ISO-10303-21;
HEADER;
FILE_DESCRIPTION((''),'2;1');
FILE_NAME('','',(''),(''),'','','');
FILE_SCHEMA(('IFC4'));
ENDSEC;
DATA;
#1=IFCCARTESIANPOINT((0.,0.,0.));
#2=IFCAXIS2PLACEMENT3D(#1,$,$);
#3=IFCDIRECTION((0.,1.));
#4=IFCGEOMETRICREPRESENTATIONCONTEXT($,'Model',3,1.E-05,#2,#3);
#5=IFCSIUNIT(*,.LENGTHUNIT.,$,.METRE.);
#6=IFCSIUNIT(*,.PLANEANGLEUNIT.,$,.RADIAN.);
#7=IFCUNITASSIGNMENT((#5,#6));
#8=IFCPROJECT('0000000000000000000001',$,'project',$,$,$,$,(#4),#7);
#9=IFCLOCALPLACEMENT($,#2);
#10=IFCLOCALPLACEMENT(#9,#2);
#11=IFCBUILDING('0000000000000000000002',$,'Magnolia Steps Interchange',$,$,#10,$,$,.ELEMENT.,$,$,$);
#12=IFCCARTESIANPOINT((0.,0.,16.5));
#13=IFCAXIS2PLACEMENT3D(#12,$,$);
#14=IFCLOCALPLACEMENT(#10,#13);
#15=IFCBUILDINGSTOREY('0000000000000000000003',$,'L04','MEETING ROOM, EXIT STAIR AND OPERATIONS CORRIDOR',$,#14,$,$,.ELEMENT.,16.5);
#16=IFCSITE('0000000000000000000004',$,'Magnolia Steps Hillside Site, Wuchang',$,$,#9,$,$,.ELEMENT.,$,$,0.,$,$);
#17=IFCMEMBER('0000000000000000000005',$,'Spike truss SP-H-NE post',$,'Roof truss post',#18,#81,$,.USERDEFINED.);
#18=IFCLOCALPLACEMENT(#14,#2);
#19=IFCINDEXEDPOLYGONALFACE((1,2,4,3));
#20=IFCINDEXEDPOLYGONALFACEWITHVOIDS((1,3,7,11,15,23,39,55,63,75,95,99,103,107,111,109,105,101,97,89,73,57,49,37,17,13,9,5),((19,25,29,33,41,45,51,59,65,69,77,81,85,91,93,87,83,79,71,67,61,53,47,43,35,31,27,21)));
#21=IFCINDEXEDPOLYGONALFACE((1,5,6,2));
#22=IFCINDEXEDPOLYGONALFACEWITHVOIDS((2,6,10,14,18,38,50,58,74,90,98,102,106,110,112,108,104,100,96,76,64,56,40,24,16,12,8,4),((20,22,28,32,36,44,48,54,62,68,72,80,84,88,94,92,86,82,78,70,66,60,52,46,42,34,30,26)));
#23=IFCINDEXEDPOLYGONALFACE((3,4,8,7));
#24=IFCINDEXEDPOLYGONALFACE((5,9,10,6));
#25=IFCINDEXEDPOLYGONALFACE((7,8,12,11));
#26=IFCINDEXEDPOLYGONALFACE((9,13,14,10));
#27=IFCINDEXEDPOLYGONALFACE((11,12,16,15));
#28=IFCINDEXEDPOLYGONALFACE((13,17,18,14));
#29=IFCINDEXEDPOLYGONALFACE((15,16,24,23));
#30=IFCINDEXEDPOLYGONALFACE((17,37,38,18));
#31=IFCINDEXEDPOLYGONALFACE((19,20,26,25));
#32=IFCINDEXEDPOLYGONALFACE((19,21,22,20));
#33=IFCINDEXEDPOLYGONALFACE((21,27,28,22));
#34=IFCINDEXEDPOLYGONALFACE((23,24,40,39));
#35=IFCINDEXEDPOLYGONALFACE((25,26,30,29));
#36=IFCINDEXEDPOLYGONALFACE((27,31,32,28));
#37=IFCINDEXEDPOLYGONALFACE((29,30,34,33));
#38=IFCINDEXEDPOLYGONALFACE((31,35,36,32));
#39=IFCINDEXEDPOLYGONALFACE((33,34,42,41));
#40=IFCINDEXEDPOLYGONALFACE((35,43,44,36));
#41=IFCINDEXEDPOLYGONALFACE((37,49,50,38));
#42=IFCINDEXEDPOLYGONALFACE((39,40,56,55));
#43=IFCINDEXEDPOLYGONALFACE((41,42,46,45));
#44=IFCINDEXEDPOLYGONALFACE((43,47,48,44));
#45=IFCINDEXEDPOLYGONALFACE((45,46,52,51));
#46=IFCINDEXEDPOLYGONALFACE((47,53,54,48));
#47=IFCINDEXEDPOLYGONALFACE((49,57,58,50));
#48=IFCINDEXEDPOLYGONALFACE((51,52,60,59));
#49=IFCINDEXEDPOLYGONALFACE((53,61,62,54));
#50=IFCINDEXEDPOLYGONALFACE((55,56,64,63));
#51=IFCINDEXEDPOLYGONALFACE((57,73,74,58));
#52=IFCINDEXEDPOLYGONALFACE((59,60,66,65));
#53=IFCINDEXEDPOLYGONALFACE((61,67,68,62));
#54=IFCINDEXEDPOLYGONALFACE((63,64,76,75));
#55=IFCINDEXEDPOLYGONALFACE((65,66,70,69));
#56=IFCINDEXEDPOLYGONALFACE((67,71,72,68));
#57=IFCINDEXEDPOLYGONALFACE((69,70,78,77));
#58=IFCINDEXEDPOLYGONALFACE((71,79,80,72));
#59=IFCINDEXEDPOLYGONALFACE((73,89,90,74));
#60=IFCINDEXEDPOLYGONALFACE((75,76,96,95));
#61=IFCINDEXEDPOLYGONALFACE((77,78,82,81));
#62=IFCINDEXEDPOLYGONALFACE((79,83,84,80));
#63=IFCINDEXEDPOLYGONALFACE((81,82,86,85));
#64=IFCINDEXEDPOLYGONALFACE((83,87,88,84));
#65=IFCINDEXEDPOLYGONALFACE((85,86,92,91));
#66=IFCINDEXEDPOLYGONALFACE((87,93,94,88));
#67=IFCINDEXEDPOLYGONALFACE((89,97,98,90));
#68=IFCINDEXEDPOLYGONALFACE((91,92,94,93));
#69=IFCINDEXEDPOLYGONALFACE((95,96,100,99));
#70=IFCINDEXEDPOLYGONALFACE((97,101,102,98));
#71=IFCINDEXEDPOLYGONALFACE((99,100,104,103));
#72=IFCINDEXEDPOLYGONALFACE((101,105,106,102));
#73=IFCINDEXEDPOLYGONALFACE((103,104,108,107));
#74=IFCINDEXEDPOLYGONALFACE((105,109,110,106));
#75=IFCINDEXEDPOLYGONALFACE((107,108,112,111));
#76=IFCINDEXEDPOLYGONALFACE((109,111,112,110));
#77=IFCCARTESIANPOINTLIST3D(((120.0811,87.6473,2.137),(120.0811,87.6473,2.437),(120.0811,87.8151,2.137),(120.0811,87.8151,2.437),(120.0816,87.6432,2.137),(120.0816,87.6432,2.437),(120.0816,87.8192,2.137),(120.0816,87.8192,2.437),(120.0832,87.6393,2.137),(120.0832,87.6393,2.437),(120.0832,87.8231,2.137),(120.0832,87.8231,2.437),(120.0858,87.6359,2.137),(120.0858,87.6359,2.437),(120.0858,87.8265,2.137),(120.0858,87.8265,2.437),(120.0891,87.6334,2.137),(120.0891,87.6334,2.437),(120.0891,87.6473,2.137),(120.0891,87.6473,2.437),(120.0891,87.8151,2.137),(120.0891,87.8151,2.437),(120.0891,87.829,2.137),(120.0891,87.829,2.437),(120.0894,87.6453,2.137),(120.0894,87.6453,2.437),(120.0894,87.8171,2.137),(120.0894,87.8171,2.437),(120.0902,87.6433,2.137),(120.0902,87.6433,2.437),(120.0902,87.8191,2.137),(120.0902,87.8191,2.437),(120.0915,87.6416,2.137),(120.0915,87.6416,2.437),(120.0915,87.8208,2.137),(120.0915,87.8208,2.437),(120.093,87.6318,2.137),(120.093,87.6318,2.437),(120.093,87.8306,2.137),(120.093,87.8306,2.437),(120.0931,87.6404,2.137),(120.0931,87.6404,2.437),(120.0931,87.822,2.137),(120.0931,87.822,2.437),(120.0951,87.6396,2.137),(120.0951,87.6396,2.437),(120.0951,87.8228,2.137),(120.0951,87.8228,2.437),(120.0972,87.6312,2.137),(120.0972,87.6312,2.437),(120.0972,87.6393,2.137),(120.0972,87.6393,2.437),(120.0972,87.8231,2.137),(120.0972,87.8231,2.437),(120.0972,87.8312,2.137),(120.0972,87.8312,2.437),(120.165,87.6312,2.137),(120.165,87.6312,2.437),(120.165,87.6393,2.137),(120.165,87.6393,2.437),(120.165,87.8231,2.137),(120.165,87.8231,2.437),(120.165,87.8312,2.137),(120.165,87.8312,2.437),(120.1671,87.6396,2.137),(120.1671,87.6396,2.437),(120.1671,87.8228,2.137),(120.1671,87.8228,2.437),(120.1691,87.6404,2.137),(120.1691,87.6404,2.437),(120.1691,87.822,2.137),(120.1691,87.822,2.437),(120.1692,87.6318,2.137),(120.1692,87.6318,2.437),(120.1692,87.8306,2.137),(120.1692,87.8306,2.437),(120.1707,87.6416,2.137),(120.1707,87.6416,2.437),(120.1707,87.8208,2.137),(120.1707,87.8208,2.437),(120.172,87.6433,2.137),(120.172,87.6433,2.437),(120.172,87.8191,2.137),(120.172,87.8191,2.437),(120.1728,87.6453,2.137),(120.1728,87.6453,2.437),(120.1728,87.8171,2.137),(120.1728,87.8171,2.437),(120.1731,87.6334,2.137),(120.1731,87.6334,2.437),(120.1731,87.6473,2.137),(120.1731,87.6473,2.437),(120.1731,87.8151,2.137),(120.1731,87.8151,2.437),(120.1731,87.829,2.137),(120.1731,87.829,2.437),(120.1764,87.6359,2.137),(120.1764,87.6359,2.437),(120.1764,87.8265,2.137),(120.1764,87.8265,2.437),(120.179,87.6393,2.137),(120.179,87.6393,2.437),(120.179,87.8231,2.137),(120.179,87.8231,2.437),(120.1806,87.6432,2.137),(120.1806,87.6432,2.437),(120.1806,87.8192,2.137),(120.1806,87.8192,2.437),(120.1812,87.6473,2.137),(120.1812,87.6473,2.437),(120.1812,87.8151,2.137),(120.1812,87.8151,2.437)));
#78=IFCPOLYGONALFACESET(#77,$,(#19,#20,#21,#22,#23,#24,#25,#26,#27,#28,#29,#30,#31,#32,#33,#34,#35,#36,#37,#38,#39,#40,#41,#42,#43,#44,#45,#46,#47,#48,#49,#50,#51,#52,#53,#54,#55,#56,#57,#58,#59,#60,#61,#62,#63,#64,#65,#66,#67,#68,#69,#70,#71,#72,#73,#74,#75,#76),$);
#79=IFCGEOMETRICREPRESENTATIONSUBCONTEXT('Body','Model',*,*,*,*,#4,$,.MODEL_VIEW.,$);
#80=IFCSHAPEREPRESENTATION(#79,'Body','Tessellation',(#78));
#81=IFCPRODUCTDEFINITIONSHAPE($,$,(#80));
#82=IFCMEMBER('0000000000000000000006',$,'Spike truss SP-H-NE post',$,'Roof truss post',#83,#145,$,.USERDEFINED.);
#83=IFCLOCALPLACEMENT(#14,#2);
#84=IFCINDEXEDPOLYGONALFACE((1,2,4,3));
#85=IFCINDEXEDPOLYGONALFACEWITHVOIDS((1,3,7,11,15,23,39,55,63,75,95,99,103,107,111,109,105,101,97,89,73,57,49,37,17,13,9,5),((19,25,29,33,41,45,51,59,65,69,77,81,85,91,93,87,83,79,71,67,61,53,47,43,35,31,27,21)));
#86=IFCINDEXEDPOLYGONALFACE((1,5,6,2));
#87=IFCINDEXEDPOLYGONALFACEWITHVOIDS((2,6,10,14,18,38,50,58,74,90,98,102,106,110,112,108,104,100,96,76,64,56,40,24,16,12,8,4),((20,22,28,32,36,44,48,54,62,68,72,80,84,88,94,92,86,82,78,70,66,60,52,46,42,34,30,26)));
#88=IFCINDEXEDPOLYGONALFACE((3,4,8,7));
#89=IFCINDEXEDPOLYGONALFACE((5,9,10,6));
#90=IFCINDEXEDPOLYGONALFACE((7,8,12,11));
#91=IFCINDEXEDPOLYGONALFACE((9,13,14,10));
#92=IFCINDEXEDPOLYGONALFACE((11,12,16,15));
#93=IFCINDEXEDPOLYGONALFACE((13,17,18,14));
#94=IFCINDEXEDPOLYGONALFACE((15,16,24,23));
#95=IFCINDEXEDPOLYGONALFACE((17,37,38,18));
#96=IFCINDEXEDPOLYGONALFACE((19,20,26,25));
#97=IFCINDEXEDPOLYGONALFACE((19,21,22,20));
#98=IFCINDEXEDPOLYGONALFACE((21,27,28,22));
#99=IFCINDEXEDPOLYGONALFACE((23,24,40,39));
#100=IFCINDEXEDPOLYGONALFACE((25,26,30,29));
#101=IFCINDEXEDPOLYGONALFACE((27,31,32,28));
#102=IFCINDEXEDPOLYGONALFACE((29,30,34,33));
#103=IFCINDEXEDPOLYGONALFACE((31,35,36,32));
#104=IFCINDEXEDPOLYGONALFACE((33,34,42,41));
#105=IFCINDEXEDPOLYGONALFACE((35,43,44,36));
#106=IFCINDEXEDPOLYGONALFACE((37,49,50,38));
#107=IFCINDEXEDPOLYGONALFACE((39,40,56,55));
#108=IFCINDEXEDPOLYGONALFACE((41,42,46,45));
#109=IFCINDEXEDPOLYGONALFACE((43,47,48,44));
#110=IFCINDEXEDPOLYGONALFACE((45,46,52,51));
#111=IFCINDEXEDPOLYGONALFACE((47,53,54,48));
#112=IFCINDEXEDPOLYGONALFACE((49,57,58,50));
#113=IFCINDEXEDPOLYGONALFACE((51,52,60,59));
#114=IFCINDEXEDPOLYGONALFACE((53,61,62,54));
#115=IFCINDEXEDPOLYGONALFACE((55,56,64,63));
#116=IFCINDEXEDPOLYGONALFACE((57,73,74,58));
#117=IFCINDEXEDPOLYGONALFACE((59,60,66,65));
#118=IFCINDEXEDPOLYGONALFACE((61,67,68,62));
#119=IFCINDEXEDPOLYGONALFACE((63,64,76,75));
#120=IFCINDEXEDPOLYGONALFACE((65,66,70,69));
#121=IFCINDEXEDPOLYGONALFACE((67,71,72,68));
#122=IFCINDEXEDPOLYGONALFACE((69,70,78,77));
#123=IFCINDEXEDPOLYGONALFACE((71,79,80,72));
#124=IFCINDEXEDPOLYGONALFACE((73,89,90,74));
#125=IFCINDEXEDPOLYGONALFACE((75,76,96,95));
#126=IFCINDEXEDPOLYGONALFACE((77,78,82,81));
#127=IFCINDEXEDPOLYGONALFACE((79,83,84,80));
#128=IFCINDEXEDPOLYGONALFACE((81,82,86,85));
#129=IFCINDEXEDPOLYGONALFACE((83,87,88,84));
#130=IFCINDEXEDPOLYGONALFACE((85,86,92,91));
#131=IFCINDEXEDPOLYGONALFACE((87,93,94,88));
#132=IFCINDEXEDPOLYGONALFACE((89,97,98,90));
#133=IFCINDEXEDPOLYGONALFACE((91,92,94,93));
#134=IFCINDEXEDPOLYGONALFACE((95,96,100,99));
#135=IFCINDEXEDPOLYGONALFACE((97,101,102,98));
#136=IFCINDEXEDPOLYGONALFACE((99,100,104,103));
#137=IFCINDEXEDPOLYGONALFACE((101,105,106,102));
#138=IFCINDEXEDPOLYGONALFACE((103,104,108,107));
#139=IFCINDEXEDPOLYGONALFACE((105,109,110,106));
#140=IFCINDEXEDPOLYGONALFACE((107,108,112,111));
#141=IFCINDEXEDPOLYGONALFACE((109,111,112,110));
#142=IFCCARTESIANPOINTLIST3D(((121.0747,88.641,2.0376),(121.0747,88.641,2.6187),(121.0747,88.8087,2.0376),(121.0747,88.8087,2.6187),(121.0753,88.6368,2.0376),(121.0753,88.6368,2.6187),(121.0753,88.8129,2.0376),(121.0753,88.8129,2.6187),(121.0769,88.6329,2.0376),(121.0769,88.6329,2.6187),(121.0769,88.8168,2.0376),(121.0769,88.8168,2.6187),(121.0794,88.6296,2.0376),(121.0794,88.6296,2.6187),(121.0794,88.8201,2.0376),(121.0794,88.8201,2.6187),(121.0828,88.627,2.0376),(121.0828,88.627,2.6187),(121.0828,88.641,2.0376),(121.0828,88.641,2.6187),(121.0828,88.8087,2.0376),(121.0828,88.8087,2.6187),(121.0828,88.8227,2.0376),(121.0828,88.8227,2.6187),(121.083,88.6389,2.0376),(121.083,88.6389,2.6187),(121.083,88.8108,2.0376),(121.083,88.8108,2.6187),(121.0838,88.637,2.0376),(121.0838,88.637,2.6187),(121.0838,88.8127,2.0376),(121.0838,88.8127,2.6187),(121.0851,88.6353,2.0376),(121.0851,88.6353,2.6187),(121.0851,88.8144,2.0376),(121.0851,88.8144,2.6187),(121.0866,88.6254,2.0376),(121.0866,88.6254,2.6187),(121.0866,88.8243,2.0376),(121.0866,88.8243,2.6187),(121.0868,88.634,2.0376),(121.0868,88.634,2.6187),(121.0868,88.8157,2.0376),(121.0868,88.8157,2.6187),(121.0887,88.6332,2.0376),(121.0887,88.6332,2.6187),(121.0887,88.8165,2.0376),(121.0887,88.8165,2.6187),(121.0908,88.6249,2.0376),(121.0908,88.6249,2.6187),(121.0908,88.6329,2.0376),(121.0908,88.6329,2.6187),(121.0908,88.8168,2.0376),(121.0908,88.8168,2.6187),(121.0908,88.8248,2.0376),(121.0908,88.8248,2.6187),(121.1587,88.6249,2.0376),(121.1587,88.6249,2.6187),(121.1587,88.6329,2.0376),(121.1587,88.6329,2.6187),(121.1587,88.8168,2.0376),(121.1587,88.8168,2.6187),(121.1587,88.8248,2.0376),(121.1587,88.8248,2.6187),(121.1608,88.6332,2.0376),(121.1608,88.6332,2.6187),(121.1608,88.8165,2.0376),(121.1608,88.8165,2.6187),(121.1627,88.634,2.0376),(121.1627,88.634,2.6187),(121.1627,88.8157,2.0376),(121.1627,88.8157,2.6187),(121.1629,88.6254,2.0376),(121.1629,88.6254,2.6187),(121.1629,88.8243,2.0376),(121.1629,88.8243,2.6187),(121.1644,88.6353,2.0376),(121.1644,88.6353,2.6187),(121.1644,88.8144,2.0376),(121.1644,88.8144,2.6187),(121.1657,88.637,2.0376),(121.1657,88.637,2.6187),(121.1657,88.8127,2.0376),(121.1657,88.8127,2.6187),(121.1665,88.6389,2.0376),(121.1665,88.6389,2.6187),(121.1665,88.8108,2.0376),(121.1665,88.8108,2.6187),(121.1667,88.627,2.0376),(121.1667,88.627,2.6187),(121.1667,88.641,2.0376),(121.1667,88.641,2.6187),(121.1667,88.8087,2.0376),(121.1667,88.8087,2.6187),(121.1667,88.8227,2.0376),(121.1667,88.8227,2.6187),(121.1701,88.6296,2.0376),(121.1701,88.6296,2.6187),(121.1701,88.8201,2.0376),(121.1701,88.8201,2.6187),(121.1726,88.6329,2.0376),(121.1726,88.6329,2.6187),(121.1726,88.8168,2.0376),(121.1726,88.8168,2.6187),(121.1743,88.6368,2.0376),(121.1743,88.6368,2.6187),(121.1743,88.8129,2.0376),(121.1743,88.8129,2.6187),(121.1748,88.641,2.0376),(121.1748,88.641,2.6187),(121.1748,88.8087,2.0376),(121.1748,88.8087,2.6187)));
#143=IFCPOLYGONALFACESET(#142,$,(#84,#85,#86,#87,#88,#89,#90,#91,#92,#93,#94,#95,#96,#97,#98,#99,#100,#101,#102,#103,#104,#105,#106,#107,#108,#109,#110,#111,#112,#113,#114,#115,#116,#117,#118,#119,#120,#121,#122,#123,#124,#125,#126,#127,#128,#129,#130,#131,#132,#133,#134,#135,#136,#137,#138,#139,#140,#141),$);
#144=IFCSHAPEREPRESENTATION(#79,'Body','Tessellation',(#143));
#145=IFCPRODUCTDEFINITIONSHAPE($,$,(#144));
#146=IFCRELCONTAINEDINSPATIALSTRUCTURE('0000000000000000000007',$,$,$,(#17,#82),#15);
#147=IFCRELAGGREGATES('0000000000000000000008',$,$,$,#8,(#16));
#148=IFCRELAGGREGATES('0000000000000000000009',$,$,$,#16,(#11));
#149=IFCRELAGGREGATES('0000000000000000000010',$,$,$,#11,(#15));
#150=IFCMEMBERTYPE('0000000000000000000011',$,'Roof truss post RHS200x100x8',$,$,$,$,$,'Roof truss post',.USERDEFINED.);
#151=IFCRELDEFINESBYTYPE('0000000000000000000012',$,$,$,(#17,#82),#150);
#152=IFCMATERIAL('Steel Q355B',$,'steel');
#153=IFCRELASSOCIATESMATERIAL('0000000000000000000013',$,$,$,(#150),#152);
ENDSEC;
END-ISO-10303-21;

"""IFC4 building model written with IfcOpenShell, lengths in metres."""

from ifc_helpers import new_model, si_unit, direction, frame, origin, origin_2d, place, context, subcontext, project, spatial, hollow_rectangle, extrude, material, material_profile, profile_set, type_object, element, save


model = new_model("IFC4")

# Units and contexts
model_context = context("Model", 3, precision=1e-05, world=origin(), true_north=direction((0.0, 1.0)))
body_context = subcontext(model_context, "Body", "Model", "MODEL_VIEW")
ifc_project = project(units=[si_unit("LENGTHUNIT", "METRE"), si_unit("PLANEANGLEUNIT", "RADIAN")], contexts=[model_context])

# Site, building, storey
site_placement = place(None, origin())
site = spatial("IfcSite", under=ifc_project, at=site_placement, Name="Magnolia Steps Hillside Site, Wuchang", CompositionType="ELEMENT", RefElevation=0.0)
building_placement = place(site_placement, origin())
building = spatial("IfcBuilding", under=site, at=building_placement, Name="Magnolia Steps Interchange", CompositionType="ELEMENT")
storey_placement = place(building_placement, frame((0.0, 0.0, 16.5)))
storey = spatial("IfcBuildingStorey", under=building, at=storey_placement, Name="L04", Description="MEETING ROOM, EXIT STAIR AND OPERATIONS CORRIDOR", CompositionType="ELEMENT", Elevation=16.5)

# Members
ifc_material_1 = material(Name="Steel Q355B", Category="steel")
ifc_material_profile_1 = material_profile(ifc_material_1, hollow_rectangle(XDim=0.1001, YDim=0.2, WallThickness=0.0081, InnerFilletRadius=0.0081, OuterFilletRadius=0.0161, at=origin_2d()), Name="RHS200x100x8")
ifc_profile_set_1 = profile_set([ifc_material_profile_1], Name="Steel Q355B")
member_type_1 = type_object("IfcMemberType", Name="Roof truss post RHS200x100x8", ElementType="Roof truss post", PredefinedType="USERDEFINED", material=ifc_profile_set_1)
member_1_placement = place(storey_placement, frame((120.1311, 87.7312, 2.137), z_axis=(0.0, 0.0, 1.0), x_axis=(1.0, 0.0, 0.0)))
element("IfcMember", 1, at=member_1_placement, inside=storey, type_object=member_type_1, Name="Spike truss SP-H-NE post", ObjectType="Roof truss post", PredefinedType="USERDEFINED", context=body_context, shape_type="SweptSolid", body=[
    extrude(hollow_rectangle(XDim=0.1001, YDim=0.2, WallThickness=0.0081, InnerFilletRadius=0.0081, OuterFilletRadius=0.0161, at=origin_2d()), origin(), (0.0, 0.0, 1.0), 0.3),
])
member_2_placement = place(storey_placement, frame((121.1248, 88.7249, 2.0376), z_axis=(0.0, 0.0, 1.0), x_axis=(1.0, 0.0, 0.0)))
element("IfcMember", 2, at=member_2_placement, inside=storey, type_object=member_type_1, Name="Spike truss SP-H-NE post", ObjectType="Roof truss post", PredefinedType="USERDEFINED", context=body_context, shape_type="SweptSolid", body=[
    extrude(hollow_rectangle(XDim=0.1001, YDim=0.2, WallThickness=0.0081, InnerFilletRadius=0.0081, OuterFilletRadius=0.0161, at=origin_2d()), origin(), (0.0, 0.0, 1.0), 0.5811),
])

save(model, "model.ifc")
